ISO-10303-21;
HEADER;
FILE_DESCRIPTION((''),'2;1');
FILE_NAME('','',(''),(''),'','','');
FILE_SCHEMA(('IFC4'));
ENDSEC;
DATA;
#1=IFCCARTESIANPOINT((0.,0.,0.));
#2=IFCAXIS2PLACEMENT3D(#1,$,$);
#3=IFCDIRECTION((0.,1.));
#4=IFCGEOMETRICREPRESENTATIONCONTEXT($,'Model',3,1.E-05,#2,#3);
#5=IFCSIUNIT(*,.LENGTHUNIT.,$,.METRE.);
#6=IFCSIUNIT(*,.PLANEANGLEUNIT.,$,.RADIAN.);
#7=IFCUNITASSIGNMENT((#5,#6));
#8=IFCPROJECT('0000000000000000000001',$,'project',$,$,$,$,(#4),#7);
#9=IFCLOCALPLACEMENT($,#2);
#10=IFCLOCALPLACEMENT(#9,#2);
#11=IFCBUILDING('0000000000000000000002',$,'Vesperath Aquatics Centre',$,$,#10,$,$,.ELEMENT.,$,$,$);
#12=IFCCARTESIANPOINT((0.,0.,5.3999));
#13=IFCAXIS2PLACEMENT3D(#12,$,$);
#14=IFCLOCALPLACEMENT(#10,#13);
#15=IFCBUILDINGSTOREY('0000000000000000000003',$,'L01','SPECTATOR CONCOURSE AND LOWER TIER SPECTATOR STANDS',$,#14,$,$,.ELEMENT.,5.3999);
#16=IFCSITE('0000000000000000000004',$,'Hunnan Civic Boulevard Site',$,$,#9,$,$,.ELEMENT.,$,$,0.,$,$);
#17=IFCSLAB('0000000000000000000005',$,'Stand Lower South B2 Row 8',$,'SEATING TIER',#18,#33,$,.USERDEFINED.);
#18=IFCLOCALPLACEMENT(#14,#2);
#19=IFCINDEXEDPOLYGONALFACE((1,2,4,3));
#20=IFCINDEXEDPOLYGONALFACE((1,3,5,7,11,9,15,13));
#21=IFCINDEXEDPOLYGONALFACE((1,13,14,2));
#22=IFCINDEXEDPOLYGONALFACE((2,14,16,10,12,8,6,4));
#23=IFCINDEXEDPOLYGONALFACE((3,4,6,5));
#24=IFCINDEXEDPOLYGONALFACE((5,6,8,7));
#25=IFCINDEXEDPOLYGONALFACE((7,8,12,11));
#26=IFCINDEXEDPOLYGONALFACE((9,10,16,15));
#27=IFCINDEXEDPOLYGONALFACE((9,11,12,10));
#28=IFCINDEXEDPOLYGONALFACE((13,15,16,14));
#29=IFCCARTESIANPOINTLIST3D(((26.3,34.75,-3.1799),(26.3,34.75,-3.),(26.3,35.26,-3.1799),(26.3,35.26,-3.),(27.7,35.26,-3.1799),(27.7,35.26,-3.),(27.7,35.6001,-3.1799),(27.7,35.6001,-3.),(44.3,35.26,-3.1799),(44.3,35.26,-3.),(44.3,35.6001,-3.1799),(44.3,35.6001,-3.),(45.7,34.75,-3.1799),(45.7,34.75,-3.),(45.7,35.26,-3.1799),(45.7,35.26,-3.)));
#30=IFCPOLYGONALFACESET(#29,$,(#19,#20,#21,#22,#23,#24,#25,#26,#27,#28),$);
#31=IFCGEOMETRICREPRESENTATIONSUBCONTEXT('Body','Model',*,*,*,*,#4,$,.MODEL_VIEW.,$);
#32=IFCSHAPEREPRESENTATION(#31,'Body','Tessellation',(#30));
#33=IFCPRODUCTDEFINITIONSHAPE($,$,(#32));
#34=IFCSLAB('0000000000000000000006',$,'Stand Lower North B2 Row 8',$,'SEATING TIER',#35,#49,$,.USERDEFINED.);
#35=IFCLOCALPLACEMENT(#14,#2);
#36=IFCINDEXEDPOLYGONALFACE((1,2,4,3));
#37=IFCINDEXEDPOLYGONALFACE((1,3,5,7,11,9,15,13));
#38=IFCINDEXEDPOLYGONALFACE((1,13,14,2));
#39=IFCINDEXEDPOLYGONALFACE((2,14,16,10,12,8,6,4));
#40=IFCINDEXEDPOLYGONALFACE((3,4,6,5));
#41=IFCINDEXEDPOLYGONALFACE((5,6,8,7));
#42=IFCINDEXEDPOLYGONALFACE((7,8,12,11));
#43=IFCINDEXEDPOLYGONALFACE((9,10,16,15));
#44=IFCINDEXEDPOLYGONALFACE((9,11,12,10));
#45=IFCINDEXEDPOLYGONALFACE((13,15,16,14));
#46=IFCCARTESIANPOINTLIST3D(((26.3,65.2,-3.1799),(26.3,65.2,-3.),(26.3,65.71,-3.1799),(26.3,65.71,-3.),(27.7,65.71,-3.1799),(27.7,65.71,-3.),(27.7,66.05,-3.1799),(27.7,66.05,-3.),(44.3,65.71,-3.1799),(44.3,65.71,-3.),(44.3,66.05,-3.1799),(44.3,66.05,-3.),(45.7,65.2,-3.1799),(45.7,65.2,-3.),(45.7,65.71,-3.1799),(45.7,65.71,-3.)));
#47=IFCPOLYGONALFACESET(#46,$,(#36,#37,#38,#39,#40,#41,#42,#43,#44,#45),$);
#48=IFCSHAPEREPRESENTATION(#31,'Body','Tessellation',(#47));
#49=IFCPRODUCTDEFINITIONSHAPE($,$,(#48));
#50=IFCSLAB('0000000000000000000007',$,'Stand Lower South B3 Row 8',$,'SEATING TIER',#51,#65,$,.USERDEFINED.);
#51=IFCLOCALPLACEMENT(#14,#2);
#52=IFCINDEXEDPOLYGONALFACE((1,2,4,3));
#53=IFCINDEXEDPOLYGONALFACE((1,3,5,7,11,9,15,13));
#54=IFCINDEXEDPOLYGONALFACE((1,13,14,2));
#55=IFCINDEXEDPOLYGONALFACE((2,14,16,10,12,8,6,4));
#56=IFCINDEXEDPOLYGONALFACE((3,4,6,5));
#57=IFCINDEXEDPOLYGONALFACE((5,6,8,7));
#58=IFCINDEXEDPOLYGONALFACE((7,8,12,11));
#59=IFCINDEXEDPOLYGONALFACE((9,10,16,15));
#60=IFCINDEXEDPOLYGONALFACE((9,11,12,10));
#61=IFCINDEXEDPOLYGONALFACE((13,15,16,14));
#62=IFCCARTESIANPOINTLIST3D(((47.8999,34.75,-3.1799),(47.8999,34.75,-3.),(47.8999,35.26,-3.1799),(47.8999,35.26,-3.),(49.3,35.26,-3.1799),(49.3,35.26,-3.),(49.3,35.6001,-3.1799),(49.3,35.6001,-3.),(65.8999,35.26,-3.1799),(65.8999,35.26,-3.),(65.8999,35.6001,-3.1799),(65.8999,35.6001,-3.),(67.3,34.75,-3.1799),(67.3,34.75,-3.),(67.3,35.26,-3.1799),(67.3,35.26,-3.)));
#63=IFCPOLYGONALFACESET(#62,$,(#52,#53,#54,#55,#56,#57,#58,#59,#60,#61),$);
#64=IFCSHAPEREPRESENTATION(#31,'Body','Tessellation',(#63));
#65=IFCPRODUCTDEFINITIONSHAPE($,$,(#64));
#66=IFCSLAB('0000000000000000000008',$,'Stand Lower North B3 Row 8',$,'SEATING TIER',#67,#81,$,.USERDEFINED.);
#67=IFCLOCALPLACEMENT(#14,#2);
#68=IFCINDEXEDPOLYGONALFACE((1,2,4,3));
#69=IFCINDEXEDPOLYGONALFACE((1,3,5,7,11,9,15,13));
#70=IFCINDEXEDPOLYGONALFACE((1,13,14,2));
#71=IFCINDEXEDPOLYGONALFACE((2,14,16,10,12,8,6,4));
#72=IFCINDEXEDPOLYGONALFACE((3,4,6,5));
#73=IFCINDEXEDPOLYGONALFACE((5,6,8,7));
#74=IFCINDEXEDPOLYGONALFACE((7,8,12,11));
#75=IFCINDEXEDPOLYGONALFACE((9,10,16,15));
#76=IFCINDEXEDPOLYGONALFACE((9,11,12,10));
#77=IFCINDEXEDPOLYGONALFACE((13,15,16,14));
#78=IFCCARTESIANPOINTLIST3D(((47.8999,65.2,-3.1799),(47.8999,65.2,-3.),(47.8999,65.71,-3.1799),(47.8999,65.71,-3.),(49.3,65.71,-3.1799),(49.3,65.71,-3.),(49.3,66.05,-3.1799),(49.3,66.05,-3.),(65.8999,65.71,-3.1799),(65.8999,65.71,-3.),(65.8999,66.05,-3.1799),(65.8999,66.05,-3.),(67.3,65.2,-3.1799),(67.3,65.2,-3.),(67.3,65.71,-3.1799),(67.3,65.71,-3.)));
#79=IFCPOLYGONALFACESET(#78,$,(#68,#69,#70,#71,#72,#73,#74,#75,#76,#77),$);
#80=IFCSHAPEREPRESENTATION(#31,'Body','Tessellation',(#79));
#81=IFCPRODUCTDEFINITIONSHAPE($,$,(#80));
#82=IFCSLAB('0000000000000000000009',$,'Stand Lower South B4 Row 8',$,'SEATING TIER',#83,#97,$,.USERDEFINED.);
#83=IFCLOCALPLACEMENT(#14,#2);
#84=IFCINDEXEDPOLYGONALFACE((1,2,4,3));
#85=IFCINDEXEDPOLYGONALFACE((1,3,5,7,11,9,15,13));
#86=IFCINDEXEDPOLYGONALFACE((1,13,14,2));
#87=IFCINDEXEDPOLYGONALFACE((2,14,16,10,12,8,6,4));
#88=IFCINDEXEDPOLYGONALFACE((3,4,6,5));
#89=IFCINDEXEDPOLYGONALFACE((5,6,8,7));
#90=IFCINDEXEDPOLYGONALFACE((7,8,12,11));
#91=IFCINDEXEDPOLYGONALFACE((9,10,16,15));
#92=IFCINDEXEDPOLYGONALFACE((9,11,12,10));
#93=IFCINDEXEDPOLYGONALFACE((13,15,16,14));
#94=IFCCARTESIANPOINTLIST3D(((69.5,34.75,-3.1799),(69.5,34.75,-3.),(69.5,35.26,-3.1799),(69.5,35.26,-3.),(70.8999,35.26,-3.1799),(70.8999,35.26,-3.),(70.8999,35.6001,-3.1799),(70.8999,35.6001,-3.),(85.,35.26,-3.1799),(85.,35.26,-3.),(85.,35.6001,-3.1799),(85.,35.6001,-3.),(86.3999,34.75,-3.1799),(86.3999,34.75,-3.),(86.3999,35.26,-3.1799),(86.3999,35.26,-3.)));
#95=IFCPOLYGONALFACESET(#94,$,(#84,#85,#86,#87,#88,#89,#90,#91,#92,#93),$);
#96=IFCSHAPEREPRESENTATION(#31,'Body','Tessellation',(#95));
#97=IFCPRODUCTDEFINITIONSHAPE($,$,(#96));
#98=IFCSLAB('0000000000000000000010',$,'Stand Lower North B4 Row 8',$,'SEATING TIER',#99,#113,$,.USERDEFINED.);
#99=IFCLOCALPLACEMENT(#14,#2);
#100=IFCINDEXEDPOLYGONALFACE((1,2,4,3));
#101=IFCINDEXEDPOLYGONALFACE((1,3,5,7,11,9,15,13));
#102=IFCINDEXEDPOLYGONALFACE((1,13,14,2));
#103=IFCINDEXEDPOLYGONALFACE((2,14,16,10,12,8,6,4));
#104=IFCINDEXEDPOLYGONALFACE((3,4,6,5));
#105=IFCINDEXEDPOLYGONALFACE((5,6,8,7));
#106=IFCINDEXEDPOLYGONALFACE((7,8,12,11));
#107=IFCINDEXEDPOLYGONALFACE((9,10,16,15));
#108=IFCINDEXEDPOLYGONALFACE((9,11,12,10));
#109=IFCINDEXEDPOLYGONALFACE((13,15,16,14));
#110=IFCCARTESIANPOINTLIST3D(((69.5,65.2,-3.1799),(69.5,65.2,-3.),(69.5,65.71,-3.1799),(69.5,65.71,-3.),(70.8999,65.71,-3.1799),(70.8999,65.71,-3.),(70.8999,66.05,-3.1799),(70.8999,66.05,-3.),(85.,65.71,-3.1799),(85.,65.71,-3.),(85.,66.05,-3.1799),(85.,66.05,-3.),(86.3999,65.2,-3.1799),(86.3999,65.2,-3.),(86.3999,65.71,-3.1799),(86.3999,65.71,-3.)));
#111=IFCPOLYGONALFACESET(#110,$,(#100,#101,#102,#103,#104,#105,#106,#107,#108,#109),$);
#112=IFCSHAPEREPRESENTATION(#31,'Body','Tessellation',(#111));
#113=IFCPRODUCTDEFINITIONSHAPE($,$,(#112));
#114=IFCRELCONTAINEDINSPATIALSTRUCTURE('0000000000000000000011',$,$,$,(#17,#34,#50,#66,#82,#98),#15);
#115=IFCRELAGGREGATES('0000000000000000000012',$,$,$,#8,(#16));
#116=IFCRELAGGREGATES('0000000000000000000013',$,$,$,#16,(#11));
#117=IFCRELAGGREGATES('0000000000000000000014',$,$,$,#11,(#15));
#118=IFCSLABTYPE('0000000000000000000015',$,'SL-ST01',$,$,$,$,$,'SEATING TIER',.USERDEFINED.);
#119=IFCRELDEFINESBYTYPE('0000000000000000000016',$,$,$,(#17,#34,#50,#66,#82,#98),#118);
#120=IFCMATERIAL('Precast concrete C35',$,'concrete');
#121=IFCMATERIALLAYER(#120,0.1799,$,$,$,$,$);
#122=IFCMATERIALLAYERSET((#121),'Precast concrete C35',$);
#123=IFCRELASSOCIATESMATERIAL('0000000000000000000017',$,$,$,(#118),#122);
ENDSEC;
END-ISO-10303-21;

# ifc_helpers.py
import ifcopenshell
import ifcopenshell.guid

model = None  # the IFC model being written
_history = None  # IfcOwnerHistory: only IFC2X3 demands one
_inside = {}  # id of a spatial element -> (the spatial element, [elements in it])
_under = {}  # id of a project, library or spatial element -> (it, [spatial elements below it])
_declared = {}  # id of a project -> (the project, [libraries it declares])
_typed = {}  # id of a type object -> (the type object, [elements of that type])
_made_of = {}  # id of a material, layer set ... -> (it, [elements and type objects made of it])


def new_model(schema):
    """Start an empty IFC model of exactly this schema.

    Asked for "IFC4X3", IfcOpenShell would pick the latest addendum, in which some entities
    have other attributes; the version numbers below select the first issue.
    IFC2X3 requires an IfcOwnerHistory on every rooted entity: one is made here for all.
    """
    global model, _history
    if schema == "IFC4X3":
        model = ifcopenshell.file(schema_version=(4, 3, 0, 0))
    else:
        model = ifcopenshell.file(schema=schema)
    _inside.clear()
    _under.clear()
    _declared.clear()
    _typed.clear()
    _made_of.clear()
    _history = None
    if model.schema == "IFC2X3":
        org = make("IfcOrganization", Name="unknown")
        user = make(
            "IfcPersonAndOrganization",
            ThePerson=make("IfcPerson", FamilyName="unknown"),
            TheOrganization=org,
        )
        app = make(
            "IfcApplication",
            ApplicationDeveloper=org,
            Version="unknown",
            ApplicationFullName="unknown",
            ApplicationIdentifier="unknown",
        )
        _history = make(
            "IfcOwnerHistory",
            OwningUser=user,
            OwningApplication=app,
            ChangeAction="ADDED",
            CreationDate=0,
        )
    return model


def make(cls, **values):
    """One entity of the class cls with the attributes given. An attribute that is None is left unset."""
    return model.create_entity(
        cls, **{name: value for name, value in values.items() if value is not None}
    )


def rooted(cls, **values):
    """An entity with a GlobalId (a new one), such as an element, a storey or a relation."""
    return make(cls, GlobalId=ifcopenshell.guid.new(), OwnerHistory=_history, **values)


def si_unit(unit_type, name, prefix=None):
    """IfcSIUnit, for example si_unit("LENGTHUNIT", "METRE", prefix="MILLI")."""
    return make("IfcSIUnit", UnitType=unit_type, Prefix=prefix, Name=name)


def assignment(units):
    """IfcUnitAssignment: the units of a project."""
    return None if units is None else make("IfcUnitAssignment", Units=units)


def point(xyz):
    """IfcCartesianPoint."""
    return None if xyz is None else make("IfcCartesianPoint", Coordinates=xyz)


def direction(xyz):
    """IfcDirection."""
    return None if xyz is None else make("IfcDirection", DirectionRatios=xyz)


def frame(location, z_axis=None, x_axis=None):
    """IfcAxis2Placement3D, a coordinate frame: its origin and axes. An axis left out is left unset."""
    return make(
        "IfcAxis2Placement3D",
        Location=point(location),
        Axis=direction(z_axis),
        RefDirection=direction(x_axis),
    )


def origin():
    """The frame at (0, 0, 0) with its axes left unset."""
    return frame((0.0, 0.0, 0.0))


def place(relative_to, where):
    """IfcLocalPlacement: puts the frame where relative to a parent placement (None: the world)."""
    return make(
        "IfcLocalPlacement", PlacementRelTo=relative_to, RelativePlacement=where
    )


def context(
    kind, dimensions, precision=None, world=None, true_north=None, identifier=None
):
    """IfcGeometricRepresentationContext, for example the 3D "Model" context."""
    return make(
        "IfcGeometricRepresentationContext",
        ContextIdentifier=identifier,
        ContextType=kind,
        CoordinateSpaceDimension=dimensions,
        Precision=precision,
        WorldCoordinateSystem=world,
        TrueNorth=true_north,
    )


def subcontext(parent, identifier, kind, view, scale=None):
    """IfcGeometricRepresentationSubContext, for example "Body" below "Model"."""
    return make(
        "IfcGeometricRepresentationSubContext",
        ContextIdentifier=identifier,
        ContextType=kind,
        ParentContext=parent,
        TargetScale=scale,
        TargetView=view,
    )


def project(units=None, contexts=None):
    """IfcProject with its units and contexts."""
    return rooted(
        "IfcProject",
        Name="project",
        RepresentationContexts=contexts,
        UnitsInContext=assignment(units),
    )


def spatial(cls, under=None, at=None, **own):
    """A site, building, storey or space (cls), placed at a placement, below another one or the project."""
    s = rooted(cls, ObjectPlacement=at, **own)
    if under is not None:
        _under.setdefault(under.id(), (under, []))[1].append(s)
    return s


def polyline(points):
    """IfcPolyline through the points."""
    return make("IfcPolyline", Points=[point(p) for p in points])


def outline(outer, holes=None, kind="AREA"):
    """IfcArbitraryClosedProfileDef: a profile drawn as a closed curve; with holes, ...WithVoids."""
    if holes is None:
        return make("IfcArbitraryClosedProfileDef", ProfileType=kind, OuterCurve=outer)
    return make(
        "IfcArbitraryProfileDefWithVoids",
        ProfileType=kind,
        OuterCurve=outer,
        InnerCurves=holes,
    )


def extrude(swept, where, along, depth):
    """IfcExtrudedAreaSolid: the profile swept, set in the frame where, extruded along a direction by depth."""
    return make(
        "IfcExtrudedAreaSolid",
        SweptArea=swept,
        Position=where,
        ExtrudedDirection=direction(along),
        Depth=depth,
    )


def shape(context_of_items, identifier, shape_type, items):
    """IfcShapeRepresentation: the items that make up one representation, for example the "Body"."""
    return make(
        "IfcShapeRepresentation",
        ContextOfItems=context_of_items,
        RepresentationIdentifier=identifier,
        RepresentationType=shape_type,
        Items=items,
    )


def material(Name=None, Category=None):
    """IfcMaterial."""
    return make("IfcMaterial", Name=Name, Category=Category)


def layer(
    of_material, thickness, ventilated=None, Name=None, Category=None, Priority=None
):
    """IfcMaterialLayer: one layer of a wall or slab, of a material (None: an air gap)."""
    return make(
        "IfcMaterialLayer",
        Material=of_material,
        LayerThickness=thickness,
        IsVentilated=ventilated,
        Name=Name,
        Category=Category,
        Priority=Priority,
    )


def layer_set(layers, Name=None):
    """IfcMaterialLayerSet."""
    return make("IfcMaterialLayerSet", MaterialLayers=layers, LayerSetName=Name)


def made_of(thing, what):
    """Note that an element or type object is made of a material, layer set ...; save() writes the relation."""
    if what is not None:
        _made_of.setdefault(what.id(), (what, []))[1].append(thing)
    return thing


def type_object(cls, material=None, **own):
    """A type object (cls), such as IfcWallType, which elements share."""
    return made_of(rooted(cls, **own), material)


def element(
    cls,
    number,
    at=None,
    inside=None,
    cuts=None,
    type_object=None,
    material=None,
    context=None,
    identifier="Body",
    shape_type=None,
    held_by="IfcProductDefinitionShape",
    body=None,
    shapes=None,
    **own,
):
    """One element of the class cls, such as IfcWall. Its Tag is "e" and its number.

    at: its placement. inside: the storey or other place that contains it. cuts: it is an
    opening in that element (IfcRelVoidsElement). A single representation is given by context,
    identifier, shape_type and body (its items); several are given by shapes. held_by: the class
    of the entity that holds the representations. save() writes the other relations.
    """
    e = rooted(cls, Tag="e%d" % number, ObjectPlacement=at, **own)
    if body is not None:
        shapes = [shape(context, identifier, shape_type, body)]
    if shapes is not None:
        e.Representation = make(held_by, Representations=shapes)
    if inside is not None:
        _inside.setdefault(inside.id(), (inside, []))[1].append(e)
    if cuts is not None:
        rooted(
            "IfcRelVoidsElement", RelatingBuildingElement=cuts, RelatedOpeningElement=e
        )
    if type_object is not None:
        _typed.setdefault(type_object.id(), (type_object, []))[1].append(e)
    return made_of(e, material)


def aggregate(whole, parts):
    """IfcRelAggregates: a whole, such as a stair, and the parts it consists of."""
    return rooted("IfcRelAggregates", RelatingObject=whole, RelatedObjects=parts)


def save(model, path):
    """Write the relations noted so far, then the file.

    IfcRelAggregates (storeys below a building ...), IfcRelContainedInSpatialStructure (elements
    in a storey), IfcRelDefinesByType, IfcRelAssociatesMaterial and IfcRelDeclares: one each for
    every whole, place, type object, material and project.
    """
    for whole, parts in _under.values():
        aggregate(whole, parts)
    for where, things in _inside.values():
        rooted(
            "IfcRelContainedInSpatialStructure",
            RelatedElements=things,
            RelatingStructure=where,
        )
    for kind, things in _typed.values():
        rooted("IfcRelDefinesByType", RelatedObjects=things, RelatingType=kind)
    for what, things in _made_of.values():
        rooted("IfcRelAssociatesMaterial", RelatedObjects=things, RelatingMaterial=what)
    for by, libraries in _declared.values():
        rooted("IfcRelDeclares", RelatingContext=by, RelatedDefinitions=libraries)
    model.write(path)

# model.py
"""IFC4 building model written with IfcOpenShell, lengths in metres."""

from ifc_helpers import new_model, si_unit, direction, frame, origin, place, context, subcontext, project, spatial, polyline, outline, extrude, material, layer, layer_set, type_object, element, save


model = new_model("IFC4")

# Units and contexts
model_context = context("Model", 3, precision=1e-05, world=origin(), true_north=direction((0.0, 1.0)))
body_context = subcontext(model_context, "Body", "Model", "MODEL_VIEW")
ifc_project = project(units=[si_unit("LENGTHUNIT", "METRE"), si_unit("PLANEANGLEUNIT", "RADIAN")], contexts=[model_context])

# Site, building, storey
site_placement = place(None, origin())
site = spatial("IfcSite", under=ifc_project, at=site_placement, Name="Hunnan Civic Boulevard Site", CompositionType="ELEMENT", RefElevation=0.0)
building_placement = place(site_placement, origin())
building = spatial("IfcBuilding", under=site, at=building_placement, Name="Vesperath Aquatics Centre", CompositionType="ELEMENT")
storey_placement = place(building_placement, frame((0.0, 0.0, 5.3999)))
storey = spatial("IfcBuildingStorey", under=building, at=storey_placement, Name="L01", Description="SPECTATOR CONCOURSE AND LOWER TIER SPECTATOR STANDS", CompositionType="ELEMENT", Elevation=5.3999)

# Slabs
ifc_material = material(Name="Precast concrete C35", Category="concrete")
ifc_layer = layer(ifc_material, 0.1799)
ifc_layer_set = layer_set([ifc_layer], Name="Precast concrete C35")
slab_type = type_object("IfcSlabType", Name="SL-ST01", ElementType="SEATING TIER", PredefinedType="USERDEFINED", material=ifc_layer_set)
slab_1_placement = place(storey_placement, frame((0.0, 0.0, -3.1799)))
element("IfcSlab", 1, at=slab_1_placement, inside=storey, type_object=slab_type, Name="Stand Lower South B2 Row 8", ObjectType="SEATING TIER", PredefinedType="USERDEFINED", context=body_context, shape_type="SweptSolid", body=[
    extrude(outline(polyline([(26.3, 34.75), (45.7, 34.75), (45.7, 35.26), (44.3, 35.26), (44.3, 35.6001), (27.7, 35.6001), (27.7, 35.26), (26.3, 35.26), (26.3, 34.75)])), origin(), (0.0, 0.0, 1.0), 0.1799),
])
slab_2_placement = place(storey_placement, frame((0.0, 0.0, -3.1799)))
element("IfcSlab", 2, at=slab_2_placement, inside=storey, type_object=slab_type, Name="Stand Lower North B2 Row 8", ObjectType="SEATING TIER", PredefinedType="USERDEFINED", context=body_context, shape_type="SweptSolid", body=[
    extrude(outline(polyline([(26.3, 65.2), (45.7, 65.2), (45.7, 65.71), (44.3, 65.71), (44.3, 66.05), (27.7, 66.05), (27.7, 65.71), (26.3, 65.71), (26.3, 65.2)])), origin(), (0.0, 0.0, 1.0), 0.1799),
])
slab_3_placement = place(storey_placement, frame((0.0, 0.0, -3.1799)))
element("IfcSlab", 3, at=slab_3_placement, inside=storey, type_object=slab_type, Name="Stand Lower South B3 Row 8", ObjectType="SEATING TIER", PredefinedType="USERDEFINED", context=body_context, shape_type="SweptSolid", body=[
    extrude(outline(polyline([(47.8999, 34.75), (67.3, 34.75), (67.3, 35.26), (65.8999, 35.26), (65.8999, 35.6001), (49.3, 35.6001), (49.3, 35.26), (47.8999, 35.26), (47.8999, 34.75)])), origin(), (0.0, 0.0, 1.0), 0.1799),
])
slab_4_placement = place(storey_placement, frame((0.0, 0.0, -3.1799)))
element("IfcSlab", 4, at=slab_4_placement, inside=storey, type_object=slab_type, Name="Stand Lower North B3 Row 8", ObjectType="SEATING TIER", PredefinedType="USERDEFINED", context=body_context, shape_type="SweptSolid", body=[
    extrude(outline(polyline([(47.8999, 65.2), (67.3, 65.2), (67.3, 65.71), (65.8999, 65.71), (65.8999, 66.05), (49.3, 66.05), (49.3, 65.71), (47.8999, 65.71), (47.8999, 65.2)])), origin(), (0.0, 0.0, 1.0), 0.1799),
])
slab_5_placement = place(storey_placement, frame((0.0, 0.0, -3.1799)))
element("IfcSlab", 5, at=slab_5_placement, inside=storey, type_object=slab_type, Name="Stand Lower South B4 Row 8", ObjectType="SEATING TIER", PredefinedType="USERDEFINED", context=body_context, shape_type="SweptSolid", body=[
    extrude(outline(polyline([(69.5, 34.75), (86.3999, 34.75), (86.3999, 35.26), (85.0, 35.26), (85.0, 35.6001), (70.8999, 35.6001), (70.8999, 35.26), (69.5, 35.26), (69.5, 34.75)])), origin(), (0.0, 0.0, 1.0), 0.1799),
])
slab_6_placement = place(storey_placement, frame((0.0, 0.0, -3.1799)))
element("IfcSlab", 6, at=slab_6_placement, inside=storey, type_object=slab_type, Name="Stand Lower North B4 Row 8", ObjectType="SEATING TIER", PredefinedType="USERDEFINED", context=body_context, shape_type="SweptSolid", body=[
    extrude(outline(polyline([(69.5, 65.2), (86.3999, 65.2), (86.3999, 65.71), (85.0, 65.71), (85.0, 66.05), (70.8999, 66.05), (70.8999, 65.71), (69.5, 65.71), (69.5, 65.2)])), origin(), (0.0, 0.0, 1.0), 0.1799),
])

save(model, "model.ifc")
